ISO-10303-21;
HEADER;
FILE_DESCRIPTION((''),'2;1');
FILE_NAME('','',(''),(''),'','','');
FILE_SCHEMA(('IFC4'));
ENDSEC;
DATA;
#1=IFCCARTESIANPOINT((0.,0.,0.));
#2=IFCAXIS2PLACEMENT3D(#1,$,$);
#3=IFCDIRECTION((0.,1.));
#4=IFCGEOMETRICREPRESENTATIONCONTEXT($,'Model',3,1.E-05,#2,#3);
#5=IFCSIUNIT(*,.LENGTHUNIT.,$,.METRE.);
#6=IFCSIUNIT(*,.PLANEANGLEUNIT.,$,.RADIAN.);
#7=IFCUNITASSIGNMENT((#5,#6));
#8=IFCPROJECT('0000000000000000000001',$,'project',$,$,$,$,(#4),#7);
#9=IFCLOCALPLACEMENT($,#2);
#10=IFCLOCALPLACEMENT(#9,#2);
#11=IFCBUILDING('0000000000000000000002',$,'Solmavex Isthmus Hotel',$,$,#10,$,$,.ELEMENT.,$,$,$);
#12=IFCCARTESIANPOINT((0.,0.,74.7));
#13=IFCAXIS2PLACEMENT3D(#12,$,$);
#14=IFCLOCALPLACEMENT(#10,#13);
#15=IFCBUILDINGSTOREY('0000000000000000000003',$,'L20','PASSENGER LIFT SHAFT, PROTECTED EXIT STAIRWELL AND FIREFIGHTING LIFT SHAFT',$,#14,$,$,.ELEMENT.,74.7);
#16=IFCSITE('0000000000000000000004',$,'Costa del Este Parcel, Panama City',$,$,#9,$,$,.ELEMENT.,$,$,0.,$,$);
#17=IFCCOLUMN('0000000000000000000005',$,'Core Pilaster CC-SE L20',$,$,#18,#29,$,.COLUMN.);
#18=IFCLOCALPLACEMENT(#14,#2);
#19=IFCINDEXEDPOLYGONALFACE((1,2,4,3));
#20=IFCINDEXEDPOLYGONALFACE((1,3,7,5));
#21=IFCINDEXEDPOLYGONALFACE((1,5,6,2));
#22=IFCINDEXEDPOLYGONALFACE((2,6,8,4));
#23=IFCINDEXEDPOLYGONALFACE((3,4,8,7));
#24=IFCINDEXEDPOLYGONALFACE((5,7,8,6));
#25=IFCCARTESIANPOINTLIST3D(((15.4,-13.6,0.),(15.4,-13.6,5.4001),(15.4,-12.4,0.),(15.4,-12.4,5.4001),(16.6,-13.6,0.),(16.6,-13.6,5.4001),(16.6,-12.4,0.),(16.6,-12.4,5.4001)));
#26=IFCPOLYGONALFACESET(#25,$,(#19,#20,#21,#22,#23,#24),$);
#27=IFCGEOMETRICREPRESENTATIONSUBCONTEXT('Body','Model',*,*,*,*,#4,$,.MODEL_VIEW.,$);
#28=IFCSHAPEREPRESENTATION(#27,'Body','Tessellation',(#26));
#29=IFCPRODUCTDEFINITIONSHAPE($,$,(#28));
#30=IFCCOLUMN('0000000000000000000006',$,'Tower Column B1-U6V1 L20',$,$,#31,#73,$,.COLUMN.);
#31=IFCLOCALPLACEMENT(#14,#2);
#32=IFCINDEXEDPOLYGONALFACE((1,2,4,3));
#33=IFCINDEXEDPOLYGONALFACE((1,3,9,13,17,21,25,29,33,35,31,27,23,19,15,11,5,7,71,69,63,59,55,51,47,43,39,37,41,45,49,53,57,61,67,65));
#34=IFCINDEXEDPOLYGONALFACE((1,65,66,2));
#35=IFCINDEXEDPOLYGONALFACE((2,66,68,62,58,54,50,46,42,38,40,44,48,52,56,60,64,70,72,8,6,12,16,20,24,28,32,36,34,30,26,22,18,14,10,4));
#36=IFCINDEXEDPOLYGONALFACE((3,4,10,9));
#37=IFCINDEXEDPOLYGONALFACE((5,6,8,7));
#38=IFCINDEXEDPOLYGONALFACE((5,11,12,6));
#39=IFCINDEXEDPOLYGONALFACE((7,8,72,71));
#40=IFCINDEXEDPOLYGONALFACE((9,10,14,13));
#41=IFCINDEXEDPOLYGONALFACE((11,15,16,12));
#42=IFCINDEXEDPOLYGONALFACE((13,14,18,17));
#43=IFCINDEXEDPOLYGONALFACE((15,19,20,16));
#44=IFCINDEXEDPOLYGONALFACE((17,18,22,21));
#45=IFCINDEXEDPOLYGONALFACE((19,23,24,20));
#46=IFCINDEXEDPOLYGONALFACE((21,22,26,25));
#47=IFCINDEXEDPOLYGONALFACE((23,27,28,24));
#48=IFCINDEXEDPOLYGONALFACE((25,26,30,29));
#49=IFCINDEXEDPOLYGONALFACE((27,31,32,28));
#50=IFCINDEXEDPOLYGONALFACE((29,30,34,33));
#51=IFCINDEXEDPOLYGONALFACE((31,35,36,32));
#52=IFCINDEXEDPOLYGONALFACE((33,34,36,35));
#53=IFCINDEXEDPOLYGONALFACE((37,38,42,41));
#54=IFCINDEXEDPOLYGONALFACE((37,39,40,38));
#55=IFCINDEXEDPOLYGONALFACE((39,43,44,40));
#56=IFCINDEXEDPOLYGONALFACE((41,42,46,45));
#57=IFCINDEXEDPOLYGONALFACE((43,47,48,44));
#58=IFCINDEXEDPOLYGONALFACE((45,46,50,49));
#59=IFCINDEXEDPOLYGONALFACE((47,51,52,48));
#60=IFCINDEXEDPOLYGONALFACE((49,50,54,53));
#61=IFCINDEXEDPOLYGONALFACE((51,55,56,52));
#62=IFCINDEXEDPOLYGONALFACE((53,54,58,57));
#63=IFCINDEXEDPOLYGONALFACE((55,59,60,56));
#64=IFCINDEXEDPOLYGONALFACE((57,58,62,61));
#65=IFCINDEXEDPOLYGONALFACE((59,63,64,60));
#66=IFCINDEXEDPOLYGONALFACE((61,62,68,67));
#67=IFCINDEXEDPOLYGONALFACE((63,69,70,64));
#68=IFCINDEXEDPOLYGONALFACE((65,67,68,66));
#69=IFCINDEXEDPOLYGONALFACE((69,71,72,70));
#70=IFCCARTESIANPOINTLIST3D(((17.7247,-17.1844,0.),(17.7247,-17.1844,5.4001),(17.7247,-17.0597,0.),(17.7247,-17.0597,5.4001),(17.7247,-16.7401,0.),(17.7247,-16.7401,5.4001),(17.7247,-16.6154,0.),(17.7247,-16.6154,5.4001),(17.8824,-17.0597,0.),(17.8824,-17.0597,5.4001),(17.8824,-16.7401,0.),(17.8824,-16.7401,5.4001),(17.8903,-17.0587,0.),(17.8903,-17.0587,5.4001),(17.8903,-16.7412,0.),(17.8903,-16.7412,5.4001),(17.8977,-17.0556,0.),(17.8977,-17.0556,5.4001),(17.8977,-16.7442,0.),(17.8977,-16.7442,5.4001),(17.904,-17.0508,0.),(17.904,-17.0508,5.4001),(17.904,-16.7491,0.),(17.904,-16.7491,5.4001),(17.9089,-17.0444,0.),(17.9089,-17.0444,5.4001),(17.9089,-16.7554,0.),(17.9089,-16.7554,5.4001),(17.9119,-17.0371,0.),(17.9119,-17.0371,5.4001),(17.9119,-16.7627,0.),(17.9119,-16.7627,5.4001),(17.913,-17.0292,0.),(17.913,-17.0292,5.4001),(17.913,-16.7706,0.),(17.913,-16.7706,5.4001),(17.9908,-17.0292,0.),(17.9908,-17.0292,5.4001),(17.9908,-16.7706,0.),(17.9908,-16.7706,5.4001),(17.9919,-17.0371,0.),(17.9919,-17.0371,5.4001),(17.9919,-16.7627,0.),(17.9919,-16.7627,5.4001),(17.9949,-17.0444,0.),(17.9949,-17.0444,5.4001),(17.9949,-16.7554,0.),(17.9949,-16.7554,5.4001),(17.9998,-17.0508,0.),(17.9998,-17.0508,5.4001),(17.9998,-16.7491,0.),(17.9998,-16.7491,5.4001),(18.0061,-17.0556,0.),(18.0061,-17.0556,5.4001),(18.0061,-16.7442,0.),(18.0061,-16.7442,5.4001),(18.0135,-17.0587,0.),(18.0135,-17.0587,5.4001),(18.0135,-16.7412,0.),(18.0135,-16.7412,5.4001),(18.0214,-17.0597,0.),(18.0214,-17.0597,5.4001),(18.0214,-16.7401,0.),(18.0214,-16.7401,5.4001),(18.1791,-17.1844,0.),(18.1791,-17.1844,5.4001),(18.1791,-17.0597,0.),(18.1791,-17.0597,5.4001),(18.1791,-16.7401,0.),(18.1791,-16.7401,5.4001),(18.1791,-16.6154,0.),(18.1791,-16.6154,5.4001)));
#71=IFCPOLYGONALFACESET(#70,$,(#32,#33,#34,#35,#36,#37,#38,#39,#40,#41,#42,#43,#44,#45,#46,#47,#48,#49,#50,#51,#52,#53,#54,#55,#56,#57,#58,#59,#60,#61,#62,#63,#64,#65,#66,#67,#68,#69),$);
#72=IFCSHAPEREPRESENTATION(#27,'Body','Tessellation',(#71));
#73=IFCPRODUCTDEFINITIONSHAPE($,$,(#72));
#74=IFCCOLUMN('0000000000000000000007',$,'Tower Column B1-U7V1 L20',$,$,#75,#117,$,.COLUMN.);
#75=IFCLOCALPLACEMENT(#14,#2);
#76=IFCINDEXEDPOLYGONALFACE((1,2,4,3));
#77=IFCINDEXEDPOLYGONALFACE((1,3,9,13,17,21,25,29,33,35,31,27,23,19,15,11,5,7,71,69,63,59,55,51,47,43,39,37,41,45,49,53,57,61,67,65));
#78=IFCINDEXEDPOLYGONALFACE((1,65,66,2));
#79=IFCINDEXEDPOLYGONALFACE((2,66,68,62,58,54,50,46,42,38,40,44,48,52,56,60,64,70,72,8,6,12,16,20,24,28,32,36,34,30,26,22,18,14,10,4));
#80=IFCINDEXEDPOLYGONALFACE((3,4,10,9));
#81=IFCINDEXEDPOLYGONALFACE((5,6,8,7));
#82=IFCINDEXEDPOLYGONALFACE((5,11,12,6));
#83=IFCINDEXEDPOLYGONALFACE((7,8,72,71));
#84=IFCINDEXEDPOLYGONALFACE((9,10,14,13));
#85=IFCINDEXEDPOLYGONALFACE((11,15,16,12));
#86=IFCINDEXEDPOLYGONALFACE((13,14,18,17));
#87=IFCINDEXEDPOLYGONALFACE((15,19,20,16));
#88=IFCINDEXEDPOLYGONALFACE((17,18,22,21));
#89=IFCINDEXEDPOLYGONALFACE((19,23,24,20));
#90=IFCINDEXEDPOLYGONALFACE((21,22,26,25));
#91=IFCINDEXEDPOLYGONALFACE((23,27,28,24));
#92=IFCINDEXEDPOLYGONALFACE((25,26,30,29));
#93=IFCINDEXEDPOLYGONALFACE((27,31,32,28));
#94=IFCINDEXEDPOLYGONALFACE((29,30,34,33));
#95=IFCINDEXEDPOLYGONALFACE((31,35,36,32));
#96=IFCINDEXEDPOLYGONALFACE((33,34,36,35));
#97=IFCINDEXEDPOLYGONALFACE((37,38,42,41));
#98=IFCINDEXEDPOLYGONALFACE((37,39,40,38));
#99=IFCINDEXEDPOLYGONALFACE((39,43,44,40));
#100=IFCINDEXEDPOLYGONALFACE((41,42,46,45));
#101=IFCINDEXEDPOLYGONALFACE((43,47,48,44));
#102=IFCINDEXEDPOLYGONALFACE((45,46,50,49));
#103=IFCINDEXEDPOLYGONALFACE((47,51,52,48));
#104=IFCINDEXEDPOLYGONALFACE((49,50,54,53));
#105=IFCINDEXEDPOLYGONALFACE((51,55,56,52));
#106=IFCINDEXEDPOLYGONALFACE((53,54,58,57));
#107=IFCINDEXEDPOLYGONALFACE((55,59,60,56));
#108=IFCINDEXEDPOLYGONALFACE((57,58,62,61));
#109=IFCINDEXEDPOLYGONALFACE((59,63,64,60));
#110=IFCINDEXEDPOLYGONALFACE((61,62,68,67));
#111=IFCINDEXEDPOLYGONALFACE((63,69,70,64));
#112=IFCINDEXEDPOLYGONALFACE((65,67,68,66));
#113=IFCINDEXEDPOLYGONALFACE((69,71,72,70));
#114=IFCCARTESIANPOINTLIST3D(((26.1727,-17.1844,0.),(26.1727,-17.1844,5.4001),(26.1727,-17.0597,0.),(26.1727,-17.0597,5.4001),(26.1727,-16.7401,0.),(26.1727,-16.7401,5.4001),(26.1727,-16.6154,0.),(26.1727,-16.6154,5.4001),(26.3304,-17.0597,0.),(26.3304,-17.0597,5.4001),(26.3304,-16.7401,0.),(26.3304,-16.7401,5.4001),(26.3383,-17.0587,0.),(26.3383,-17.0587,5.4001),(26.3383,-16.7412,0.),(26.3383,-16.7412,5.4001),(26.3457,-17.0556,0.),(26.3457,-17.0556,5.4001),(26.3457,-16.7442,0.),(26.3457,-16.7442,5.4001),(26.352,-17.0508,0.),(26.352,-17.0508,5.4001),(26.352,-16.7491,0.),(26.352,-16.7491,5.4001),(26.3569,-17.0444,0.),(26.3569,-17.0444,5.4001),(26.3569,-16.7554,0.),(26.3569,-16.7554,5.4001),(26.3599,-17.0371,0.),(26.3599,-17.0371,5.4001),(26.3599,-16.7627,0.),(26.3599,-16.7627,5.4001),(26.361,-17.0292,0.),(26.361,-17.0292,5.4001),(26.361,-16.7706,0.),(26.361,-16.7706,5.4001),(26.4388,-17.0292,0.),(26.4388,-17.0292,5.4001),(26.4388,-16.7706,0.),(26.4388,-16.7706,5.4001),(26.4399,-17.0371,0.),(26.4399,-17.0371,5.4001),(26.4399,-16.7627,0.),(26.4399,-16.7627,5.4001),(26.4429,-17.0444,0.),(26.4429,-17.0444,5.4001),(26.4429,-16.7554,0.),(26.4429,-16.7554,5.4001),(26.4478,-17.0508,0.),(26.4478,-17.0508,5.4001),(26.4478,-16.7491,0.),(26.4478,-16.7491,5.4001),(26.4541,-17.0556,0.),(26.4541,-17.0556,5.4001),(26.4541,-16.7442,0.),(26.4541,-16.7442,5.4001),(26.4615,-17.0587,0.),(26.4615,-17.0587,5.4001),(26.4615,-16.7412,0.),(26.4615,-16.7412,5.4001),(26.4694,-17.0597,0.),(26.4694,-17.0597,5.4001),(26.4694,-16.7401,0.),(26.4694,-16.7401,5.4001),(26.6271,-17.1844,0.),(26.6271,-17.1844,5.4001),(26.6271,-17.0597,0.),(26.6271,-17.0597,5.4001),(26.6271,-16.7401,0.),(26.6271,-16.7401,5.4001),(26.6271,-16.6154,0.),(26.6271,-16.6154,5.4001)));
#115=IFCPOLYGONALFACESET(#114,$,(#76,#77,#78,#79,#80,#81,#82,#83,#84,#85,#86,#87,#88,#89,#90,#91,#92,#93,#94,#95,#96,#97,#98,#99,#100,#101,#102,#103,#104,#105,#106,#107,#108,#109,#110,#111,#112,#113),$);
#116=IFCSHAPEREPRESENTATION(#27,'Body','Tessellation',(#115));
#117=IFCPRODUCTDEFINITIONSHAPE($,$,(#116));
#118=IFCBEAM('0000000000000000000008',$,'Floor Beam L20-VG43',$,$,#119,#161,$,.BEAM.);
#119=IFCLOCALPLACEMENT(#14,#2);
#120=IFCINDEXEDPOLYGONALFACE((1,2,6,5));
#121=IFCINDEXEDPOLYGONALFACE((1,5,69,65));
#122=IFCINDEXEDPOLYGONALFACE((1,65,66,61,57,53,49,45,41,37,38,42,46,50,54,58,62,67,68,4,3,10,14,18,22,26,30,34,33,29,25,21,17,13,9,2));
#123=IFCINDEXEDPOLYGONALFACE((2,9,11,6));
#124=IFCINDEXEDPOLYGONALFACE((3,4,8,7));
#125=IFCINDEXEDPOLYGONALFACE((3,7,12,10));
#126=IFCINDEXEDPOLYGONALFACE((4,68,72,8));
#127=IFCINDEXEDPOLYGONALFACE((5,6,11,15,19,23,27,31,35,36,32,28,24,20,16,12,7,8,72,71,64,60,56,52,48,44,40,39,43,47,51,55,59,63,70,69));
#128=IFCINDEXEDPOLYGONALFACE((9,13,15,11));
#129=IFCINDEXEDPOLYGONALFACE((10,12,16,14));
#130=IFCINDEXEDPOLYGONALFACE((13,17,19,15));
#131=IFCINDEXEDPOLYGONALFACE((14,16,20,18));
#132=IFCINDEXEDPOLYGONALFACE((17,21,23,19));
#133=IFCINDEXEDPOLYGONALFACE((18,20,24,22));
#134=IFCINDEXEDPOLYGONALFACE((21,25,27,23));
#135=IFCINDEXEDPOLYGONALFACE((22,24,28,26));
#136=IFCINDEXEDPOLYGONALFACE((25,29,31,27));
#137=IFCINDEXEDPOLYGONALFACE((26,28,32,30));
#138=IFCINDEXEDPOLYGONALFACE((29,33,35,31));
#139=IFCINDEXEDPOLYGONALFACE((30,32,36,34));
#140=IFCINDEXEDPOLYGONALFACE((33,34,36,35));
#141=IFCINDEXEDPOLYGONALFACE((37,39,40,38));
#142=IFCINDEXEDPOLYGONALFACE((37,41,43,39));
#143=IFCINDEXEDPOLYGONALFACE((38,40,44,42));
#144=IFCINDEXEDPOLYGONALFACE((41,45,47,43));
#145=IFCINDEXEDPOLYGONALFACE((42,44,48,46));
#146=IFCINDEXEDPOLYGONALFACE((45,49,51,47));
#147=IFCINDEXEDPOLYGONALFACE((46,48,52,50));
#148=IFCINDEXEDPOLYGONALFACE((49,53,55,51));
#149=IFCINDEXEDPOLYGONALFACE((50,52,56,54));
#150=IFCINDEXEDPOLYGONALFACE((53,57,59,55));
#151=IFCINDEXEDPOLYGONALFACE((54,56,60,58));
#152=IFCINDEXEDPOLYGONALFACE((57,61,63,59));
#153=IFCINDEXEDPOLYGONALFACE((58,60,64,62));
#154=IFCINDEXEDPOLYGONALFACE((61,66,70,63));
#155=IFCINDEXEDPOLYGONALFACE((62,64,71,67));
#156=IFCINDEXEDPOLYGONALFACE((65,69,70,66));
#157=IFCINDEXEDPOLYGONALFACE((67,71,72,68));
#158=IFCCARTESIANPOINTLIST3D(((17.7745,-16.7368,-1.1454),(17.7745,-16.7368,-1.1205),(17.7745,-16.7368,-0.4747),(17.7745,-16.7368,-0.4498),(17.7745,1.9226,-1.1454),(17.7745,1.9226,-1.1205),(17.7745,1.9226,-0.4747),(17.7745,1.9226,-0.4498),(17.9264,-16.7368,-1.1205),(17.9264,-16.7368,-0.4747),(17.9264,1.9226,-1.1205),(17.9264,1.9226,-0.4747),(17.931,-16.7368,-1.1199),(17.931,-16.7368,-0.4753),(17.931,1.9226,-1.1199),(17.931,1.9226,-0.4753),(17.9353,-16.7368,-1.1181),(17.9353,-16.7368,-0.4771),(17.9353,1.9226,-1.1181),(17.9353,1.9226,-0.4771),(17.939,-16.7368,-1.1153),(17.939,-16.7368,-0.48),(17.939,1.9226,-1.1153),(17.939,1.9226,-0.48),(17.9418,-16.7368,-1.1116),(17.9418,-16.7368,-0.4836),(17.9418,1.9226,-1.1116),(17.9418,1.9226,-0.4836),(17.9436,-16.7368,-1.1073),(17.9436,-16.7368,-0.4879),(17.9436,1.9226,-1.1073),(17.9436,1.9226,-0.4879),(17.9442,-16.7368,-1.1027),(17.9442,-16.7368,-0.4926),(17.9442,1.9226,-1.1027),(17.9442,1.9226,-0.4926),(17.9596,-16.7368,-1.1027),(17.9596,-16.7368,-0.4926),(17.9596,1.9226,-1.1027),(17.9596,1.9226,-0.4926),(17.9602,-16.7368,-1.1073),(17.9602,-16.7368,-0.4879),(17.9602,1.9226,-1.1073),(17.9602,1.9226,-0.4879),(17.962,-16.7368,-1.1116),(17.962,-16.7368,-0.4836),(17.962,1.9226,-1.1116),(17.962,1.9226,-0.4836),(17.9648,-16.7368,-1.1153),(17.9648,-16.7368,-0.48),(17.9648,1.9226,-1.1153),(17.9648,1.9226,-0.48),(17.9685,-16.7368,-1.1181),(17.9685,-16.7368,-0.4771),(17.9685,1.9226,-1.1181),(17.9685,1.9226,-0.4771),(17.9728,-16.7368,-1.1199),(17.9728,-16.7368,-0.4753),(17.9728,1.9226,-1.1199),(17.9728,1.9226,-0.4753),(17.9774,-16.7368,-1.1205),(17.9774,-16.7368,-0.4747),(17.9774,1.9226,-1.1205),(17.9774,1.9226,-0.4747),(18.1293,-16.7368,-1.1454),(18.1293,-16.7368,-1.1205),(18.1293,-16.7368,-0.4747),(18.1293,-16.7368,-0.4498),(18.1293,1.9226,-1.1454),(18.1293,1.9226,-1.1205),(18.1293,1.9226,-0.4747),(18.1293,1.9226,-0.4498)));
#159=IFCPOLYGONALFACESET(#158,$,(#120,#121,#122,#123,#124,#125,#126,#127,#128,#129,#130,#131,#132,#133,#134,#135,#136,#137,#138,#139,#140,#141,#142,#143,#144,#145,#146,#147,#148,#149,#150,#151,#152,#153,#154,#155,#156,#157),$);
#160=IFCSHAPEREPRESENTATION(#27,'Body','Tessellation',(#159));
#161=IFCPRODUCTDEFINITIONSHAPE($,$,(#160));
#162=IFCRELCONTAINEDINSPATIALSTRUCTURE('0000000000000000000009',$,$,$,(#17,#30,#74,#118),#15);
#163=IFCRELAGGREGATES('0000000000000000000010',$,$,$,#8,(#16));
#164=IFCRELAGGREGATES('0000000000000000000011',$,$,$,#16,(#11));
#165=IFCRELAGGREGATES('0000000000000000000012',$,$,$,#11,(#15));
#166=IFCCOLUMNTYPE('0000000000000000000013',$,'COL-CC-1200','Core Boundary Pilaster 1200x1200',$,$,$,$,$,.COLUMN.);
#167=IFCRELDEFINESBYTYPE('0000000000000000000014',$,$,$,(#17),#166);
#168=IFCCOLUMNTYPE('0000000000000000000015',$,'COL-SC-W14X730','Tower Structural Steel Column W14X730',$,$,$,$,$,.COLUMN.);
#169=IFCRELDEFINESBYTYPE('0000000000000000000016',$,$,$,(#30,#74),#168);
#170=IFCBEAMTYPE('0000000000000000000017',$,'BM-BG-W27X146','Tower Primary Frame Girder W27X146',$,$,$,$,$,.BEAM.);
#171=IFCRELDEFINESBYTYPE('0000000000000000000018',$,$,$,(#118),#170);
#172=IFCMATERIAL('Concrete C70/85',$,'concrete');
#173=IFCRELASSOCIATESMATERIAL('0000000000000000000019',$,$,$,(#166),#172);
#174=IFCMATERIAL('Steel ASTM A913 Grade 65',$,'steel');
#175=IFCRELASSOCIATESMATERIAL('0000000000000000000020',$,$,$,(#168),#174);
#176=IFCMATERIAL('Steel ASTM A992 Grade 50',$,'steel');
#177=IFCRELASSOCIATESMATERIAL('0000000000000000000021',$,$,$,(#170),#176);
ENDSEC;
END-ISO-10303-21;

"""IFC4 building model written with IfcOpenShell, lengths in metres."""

from ifc_helpers import new_model, si_unit, direction, frame, origin, origin_2d, place, context, subcontext, project, spatial, rectangle, i_section, extrude, material, material_profile, profile_set, type_object, element, save


model = new_model("IFC4")

# Units and contexts
model_context = context("Model", 3, precision=1e-05, world=origin(), true_north=direction((0.0, 1.0)))
body_context = subcontext(model_context, "Body", "Model", "MODEL_VIEW")
ifc_project = project(units=[si_unit("LENGTHUNIT", "METRE"), si_unit("PLANEANGLEUNIT", "RADIAN")], contexts=[model_context])

# Site, building, storey
site_placement = place(None, origin())
site = spatial("IfcSite", under=ifc_project, at=site_placement, Name="Costa del Este Parcel, Panama City", CompositionType="ELEMENT", RefElevation=0.0)
building_placement = place(site_placement, origin())
building = spatial("IfcBuilding", under=site, at=building_placement, Name="Solmavex Isthmus Hotel", CompositionType="ELEMENT")
storey_placement = place(building_placement, frame((0.0, 0.0, 74.7)))
storey = spatial("IfcBuildingStorey", under=building, at=storey_placement, Name="L20", Description="PASSENGER LIFT SHAFT, PROTECTED EXIT STAIRWELL AND FIREFIGHTING LIFT SHAFT", CompositionType="ELEMENT", Elevation=74.7)

# Columns
ifc_material_1 = material(Name="Concrete C70/85", Category="concrete")
ifc_material_profile_1 = material_profile(ifc_material_1, rectangle(XDim=1.2, YDim=1.2, at=origin_2d()), Name="RC1200X1200")
ifc_profile_set_1 = profile_set([ifc_material_profile_1], Name="Concrete C70/85")
column_type_1 = type_object("IfcColumnType", Name="COL-CC-1200", Description="Core Boundary Pilaster 1200x1200", PredefinedType="COLUMN", material=ifc_profile_set_1)
column_placement = place(storey_placement, frame((16.0, -13.0, 0.0), z_axis=(0.0, 0.0, 1.0), x_axis=(1.0, 0.0, 0.0)))
element("IfcColumn", 1, at=column_placement, inside=storey, type_object=column_type_1, Name="Core Pilaster CC-SE L20", PredefinedType="COLUMN", context=body_context, shape_type="SweptSolid", body=[
    extrude(rectangle(XDim=1.2, YDim=1.2, at=origin_2d()), origin(), (0.0, 0.0, 1.0), 5.4001),
])
ifc_material_2 = material(Name="Steel ASTM A913 Grade 65", Category="steel")
ifc_material_profile_2 = material_profile(ifc_material_2, i_section(OverallWidth=0.4543, OverallDepth=0.5691, WebThickness=0.0779, FlangeThickness=0.1248, FilletRadius=0.0305, at=origin_2d()), Name="W14X730")
ifc_profile_set_2 = profile_set([ifc_material_profile_2], Name="Steel ASTM A913 Grade 65")
column_type_2 = type_object("IfcColumnType", Name="COL-SC-W14X730", Description="Tower Structural Steel Column W14X730", PredefinedType="COLUMN", material=ifc_profile_set_2)
for number, where, z_axis, x_axis, name in (
    (2, (17.9519, -16.8999, 0.0), (0.0, 0.0, 1.0), (1.0, 0.0, 0.0), "Tower Column B1-U6V1 L20"),
    (3, (26.3999, -16.8999, 0.0), (0.0, 0.0, 1.0), (1.0, 0.0, 0.0), "Tower Column B1-U7V1 L20"),
):
    element("IfcColumn", number, at=place(storey_placement, frame(where, z_axis=z_axis, x_axis=x_axis)), inside=storey, type_object=column_type_2, Name=name, PredefinedType="COLUMN", context=body_context, shape_type="SweptSolid", body=[
        extrude(i_section(OverallWidth=0.4543, OverallDepth=0.5691, WebThickness=0.0779, FlangeThickness=0.1248, FilletRadius=0.0305, at=origin_2d()), origin(), (0.0, 0.0, 1.0), 5.4001),
    ])

# Beam
ifc_material_3 = material(Name="Steel ASTM A992 Grade 50", Category="steel")
ifc_material_profile_3 = material_profile(ifc_material_3, i_section(OverallWidth=0.3547, OverallDepth=0.6956, WebThickness=0.0154, FlangeThickness=0.0249, FilletRadius=0.0178, at=origin_2d()), Name="W27X146")
ifc_profile_set_3 = profile_set([ifc_material_profile_3], Name="Steel ASTM A992 Grade 50")
beam_type_1 = type_object("IfcBeamType", Name="BM-BG-W27X146", Description="Tower Primary Frame Girder W27X146", PredefinedType="BEAM", material=ifc_profile_set_3)
beam_1_placement = place(storey_placement, frame((17.9519, -16.7368, -0.7976), z_axis=(0.0, 1.0, 0.0), x_axis=(-1.0, 0.0, 0.0)))
element("IfcBeam", 4, at=beam_1_placement, inside=storey, type_object=beam_type_1, Name="Floor Beam L20-VG43", PredefinedType="BEAM", context=body_context, shape_type="SweptSolid", body=[
    extrude(i_section(OverallWidth=0.3547, OverallDepth=0.6956, WebThickness=0.0154, FlangeThickness=0.0249, FilletRadius=0.0178, at=origin_2d()), origin(), (0.0, 0.0, 1.0), 18.6594),
])

save(model, "model.ifc")
